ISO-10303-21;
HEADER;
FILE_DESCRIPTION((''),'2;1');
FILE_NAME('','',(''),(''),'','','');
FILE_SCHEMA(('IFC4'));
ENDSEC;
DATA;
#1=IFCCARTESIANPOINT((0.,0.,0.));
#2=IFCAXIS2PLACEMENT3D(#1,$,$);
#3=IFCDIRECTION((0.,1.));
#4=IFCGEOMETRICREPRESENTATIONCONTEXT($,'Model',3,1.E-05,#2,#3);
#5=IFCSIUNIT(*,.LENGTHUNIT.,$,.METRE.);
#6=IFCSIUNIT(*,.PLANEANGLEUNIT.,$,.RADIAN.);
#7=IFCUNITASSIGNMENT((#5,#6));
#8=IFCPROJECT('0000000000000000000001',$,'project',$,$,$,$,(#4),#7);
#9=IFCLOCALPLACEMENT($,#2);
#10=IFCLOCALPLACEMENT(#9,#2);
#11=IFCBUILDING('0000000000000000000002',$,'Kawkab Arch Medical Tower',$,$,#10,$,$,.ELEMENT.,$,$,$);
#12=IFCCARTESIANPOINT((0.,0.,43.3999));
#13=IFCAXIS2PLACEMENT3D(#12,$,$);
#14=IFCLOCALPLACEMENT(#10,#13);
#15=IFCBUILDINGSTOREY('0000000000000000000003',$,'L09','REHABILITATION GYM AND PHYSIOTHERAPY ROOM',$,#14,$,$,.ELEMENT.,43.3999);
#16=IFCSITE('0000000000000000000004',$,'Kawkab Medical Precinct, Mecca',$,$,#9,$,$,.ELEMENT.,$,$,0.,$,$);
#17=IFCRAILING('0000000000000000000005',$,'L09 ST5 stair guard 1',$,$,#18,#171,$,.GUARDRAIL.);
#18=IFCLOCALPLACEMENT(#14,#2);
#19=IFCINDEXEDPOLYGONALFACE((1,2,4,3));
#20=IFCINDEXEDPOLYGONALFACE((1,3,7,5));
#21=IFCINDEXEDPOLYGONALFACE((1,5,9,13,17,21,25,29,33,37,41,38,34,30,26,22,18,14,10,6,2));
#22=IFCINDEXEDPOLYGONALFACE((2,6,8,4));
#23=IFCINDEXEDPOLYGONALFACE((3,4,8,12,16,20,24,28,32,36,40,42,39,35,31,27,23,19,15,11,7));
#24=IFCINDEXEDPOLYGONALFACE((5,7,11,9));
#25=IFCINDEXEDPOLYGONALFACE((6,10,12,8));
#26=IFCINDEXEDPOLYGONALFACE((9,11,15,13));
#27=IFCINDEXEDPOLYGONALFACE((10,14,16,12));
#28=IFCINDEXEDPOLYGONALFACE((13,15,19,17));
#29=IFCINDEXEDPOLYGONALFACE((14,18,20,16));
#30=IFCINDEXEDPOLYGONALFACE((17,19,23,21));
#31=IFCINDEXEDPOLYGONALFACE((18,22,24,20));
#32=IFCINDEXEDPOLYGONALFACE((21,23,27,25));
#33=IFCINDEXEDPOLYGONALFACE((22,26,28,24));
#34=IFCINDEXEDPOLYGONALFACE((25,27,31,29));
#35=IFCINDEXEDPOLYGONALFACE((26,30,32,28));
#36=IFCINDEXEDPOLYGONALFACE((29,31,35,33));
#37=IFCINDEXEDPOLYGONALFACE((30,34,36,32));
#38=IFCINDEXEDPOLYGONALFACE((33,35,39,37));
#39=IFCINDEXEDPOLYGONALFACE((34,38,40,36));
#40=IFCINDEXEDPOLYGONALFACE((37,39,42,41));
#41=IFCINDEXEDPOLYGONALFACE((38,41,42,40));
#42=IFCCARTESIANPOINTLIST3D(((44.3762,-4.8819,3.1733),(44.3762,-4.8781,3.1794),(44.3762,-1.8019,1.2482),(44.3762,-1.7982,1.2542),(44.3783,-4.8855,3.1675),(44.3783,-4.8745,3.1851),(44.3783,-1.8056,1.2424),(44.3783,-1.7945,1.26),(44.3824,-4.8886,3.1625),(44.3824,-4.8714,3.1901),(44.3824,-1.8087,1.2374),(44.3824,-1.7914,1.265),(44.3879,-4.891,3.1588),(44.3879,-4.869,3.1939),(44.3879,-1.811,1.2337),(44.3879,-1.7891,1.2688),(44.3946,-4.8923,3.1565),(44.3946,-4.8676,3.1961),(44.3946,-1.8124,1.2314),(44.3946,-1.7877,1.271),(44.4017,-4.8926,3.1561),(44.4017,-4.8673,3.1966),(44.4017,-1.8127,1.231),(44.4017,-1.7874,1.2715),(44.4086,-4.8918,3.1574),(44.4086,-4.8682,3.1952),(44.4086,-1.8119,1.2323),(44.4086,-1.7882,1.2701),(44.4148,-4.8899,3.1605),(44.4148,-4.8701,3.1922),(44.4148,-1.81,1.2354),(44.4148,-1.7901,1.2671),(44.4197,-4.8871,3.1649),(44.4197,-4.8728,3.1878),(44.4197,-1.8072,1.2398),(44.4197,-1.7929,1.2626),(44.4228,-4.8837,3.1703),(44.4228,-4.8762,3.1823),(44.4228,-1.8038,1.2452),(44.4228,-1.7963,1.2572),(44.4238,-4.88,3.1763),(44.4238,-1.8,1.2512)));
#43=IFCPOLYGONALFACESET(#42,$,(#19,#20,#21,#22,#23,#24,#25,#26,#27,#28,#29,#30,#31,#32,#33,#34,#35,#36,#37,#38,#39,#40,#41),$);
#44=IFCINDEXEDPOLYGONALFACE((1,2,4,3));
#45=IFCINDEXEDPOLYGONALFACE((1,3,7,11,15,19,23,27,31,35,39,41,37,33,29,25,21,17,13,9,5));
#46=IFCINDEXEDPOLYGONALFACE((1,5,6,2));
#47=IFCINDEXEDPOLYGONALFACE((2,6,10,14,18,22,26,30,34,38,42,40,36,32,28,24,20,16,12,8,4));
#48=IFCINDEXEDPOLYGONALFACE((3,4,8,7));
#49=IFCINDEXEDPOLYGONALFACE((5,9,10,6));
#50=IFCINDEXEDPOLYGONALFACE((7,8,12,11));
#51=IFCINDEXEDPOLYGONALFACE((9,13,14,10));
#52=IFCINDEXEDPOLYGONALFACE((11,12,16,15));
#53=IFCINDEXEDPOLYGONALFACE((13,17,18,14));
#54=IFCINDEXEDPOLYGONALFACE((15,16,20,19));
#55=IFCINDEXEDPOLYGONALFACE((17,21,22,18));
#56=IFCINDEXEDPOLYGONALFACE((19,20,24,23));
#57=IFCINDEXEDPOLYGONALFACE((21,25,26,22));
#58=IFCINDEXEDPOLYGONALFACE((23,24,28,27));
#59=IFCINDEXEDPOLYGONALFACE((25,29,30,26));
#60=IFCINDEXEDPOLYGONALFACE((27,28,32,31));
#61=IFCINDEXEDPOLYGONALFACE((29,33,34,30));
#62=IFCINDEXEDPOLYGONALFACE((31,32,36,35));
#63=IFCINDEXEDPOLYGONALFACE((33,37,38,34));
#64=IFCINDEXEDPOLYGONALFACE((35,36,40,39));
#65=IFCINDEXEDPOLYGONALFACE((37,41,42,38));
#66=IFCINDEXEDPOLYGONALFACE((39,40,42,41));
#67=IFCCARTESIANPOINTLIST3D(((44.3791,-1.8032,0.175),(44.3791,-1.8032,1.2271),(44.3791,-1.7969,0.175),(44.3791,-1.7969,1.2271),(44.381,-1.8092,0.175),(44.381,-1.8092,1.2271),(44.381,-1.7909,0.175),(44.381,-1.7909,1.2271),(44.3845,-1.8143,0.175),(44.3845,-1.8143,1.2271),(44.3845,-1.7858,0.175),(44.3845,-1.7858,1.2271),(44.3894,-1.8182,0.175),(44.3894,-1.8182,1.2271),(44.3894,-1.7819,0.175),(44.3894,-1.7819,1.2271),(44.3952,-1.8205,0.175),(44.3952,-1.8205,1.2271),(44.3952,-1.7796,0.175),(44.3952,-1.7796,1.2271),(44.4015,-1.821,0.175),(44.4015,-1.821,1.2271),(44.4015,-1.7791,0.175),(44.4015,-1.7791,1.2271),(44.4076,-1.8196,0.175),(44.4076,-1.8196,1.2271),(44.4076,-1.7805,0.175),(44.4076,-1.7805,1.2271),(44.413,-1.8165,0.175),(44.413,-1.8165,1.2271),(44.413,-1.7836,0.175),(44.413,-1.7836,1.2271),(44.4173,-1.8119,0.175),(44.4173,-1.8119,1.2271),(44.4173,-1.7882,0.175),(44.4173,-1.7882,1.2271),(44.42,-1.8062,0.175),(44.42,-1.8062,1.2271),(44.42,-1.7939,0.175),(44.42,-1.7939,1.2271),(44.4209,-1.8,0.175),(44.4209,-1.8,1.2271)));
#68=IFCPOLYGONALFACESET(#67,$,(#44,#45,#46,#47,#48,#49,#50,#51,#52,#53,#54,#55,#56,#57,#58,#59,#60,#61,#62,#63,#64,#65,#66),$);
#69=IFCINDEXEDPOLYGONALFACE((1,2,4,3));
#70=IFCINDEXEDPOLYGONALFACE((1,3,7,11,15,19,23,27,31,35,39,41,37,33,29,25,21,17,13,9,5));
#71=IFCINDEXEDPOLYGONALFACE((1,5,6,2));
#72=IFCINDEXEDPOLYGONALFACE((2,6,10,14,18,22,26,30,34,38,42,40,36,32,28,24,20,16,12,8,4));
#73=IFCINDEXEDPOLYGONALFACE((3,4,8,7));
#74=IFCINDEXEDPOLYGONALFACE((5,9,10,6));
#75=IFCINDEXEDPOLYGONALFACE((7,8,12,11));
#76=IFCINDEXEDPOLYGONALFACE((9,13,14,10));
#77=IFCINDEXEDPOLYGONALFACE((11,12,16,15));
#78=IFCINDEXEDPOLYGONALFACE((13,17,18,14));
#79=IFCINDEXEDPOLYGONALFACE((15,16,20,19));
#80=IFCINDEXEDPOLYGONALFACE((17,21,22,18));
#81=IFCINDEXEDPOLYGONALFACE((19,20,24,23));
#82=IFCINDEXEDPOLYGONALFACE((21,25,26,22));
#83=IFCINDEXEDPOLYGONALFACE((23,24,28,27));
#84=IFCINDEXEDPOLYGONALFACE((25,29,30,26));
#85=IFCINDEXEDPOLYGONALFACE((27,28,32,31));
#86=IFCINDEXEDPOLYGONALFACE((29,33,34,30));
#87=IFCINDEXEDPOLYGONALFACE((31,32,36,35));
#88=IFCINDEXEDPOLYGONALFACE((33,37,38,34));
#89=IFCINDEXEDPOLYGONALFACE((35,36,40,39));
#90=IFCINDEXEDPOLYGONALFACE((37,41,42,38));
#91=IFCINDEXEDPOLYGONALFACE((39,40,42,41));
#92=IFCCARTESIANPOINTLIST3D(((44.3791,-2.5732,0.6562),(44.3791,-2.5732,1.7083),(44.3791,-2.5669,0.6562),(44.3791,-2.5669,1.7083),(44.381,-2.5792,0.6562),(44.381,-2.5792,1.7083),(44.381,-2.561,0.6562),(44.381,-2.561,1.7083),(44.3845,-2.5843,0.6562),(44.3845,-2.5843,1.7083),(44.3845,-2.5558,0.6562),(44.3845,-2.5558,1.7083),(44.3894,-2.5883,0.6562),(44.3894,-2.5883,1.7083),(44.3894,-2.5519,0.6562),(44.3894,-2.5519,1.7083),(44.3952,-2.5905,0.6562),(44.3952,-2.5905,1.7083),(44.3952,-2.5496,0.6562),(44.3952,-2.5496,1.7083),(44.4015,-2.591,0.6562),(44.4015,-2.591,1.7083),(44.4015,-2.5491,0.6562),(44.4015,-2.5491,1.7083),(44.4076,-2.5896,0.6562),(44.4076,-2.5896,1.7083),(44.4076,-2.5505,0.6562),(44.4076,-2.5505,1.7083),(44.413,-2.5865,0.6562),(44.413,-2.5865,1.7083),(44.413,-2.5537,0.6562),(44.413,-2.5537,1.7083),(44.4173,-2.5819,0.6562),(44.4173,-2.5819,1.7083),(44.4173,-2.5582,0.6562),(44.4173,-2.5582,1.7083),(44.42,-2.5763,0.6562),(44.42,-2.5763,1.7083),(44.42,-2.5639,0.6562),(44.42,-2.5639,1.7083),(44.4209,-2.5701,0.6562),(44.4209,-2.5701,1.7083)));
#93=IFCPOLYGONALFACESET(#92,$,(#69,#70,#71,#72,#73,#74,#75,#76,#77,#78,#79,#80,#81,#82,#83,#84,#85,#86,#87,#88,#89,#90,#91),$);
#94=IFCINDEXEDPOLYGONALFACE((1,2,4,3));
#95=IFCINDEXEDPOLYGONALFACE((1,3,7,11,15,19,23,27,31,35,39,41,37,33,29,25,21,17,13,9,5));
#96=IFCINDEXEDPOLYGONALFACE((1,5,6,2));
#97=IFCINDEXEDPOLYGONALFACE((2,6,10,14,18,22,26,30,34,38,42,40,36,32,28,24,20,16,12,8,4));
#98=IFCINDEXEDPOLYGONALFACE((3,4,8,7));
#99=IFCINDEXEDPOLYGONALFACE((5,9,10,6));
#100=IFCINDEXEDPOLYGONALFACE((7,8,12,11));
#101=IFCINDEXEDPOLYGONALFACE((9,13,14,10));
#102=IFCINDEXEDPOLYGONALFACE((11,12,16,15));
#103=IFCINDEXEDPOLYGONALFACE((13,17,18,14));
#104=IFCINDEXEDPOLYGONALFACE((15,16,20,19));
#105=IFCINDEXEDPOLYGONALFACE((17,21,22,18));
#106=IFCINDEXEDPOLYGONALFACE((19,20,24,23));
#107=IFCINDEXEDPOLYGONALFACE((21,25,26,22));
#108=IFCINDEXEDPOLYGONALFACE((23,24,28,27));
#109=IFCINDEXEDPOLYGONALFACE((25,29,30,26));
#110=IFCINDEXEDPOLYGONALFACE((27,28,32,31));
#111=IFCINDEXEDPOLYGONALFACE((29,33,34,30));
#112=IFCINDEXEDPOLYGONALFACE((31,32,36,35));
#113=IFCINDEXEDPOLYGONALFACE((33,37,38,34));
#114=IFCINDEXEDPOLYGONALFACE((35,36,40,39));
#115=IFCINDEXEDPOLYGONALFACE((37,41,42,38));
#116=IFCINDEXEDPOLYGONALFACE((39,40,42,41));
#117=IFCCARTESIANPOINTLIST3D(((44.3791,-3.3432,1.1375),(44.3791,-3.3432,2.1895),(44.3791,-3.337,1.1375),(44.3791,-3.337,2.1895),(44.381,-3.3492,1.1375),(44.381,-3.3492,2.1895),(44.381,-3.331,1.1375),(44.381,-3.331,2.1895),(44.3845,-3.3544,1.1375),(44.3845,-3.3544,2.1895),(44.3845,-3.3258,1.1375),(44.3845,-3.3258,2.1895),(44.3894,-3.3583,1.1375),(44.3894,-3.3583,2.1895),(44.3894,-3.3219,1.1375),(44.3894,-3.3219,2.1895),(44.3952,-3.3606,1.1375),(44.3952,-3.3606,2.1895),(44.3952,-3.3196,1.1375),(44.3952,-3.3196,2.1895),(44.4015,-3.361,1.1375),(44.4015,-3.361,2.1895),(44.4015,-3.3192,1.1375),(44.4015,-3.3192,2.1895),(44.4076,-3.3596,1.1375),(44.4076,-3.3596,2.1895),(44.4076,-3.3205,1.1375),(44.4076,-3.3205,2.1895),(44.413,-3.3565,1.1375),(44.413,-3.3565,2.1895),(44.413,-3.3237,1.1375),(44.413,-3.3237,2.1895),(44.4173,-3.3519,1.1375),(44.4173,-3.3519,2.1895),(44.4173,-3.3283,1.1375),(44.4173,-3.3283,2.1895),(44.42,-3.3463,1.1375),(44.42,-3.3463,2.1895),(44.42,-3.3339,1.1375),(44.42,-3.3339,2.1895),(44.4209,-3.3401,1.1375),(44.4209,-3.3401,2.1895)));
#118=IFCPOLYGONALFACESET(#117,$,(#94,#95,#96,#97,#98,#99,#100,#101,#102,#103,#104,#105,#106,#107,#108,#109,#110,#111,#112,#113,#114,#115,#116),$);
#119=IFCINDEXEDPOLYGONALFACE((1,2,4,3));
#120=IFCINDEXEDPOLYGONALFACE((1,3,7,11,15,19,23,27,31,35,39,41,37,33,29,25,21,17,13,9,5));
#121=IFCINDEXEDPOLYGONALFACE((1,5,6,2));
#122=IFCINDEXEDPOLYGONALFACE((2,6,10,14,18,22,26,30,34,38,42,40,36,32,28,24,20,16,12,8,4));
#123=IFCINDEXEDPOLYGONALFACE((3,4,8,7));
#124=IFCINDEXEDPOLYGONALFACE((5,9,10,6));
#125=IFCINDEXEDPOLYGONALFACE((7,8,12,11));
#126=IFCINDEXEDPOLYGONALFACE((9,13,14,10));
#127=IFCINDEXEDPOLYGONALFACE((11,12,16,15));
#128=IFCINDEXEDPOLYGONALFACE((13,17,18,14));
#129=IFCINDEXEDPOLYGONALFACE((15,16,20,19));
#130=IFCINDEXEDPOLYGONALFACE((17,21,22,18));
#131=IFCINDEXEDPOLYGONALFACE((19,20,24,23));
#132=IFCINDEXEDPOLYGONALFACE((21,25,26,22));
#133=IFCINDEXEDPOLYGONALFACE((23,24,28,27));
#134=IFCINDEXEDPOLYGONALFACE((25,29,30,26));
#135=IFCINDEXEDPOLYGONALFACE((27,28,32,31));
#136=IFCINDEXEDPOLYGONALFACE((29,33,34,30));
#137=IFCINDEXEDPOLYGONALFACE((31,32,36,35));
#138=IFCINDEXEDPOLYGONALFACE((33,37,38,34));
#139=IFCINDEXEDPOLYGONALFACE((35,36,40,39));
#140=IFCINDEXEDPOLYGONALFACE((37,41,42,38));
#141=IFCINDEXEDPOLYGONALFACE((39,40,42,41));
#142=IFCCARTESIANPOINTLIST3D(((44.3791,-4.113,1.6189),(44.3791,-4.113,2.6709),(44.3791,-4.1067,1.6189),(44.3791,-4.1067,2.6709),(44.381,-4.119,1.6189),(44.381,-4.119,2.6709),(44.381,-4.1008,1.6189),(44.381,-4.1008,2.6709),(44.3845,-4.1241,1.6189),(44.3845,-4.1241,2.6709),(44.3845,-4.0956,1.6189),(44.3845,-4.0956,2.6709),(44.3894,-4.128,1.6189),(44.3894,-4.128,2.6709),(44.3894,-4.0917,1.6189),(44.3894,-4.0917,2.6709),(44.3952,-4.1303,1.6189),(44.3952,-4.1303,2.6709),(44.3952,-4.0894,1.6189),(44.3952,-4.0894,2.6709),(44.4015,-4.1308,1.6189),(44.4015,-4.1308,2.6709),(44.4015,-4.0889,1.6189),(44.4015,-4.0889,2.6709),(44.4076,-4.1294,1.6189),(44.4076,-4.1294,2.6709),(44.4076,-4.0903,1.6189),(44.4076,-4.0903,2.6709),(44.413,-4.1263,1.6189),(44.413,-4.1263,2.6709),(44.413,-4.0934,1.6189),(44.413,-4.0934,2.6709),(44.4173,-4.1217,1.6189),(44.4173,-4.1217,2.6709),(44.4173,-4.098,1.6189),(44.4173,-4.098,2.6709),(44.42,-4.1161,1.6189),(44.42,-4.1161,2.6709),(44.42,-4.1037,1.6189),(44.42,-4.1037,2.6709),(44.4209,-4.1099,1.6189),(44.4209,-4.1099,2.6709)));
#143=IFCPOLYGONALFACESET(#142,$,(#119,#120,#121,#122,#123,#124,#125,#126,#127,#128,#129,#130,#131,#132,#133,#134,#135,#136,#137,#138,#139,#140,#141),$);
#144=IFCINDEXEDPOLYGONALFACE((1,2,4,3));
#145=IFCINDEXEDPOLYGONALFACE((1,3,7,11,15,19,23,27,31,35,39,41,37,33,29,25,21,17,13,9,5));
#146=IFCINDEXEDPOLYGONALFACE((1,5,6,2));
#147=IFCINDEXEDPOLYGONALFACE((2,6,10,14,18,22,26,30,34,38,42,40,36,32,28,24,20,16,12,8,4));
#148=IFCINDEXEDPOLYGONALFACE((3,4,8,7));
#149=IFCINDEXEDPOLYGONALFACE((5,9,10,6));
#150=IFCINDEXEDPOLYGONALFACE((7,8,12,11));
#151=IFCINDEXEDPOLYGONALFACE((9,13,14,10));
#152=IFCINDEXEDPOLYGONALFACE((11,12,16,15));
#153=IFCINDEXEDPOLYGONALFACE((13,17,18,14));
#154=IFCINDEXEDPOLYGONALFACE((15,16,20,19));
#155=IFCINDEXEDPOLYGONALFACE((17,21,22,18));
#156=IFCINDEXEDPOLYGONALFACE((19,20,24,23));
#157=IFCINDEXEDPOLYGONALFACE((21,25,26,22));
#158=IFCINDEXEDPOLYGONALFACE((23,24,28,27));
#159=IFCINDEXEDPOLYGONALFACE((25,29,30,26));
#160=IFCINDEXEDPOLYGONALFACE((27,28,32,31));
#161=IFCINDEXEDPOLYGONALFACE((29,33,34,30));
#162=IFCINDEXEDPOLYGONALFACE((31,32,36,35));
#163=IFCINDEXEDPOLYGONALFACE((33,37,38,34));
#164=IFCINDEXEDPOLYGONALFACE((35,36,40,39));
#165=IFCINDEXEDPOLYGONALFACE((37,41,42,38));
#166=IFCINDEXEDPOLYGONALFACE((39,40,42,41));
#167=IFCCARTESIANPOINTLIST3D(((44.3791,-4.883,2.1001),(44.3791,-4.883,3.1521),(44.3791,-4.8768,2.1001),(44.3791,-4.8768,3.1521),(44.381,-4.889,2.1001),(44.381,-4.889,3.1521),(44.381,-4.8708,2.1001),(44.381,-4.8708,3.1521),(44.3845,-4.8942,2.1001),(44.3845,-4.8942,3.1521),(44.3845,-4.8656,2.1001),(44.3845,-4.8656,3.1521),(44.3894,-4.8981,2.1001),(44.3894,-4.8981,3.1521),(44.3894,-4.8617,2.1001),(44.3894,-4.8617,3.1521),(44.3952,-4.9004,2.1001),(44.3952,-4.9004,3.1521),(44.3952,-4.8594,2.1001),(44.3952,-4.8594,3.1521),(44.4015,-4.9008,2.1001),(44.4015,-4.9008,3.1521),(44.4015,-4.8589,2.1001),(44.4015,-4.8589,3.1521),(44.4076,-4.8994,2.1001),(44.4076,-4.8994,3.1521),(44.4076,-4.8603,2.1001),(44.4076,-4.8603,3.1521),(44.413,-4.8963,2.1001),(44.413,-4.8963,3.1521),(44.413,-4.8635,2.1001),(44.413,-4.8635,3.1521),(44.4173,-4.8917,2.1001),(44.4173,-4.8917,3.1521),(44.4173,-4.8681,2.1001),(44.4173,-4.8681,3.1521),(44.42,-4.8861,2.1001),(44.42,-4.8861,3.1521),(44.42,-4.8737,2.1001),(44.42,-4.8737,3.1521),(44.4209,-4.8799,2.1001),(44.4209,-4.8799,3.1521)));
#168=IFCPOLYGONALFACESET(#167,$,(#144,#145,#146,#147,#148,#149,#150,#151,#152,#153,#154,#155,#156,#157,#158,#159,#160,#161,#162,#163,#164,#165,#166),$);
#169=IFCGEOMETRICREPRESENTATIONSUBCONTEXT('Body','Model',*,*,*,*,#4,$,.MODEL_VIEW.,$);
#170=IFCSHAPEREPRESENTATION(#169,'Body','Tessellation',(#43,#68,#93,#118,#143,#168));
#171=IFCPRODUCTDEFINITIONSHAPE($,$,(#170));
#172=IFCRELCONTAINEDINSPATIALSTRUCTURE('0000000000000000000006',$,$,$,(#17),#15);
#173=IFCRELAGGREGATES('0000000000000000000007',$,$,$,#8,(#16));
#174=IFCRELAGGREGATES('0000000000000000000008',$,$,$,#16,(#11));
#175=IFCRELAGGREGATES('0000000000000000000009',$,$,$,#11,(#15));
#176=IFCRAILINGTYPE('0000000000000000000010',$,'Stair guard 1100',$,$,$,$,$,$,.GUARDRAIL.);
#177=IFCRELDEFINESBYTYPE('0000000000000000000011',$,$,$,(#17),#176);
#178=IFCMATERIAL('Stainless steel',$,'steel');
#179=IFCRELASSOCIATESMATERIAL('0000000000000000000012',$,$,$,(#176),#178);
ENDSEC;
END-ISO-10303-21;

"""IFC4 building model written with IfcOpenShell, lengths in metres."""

from ifc_helpers import new_model, si_unit, direction, frame, origin, origin_2d, place, context, subcontext, project, spatial, circle, extrude, material, type_object, element, save


model = new_model("IFC4")

# Units and contexts
model_context = context("Model", 3, precision=1e-05, world=origin(), true_north=direction((0.0, 1.0)))
body_context = subcontext(model_context, "Body", "Model", "MODEL_VIEW")
ifc_project = project(units=[si_unit("LENGTHUNIT", "METRE"), si_unit("PLANEANGLEUNIT", "RADIAN")], contexts=[model_context])

# Site, building, storey
site_placement = place(None, origin())
site = spatial("IfcSite", under=ifc_project, at=site_placement, Name="Kawkab Medical Precinct, Mecca", CompositionType="ELEMENT", RefElevation=0.0)
building_placement = place(site_placement, origin())
building = spatial("IfcBuilding", under=site, at=building_placement, Name="Kawkab Arch Medical Tower", CompositionType="ELEMENT")
storey_placement = place(building_placement, frame((0.0, 0.0, 43.3999)))
storey = spatial("IfcBuildingStorey", under=building, at=storey_placement, Name="L09", Description="REHABILITATION GYM AND PHYSIOTHERAPY ROOM", CompositionType="ELEMENT", Elevation=43.3999)

# Railing
ifc_material_1 = material(Name="Stainless steel", Category="steel")
railing_type = type_object("IfcRailingType", Name="Stair guard 1100", PredefinedType="GUARDRAIL", material=ifc_material_1)
railing_1_placement = place(storey_placement, frame((44.3999, -1.8, 0.175)))
element("IfcRailing", 1, at=railing_1_placement, inside=storey, type_object=railing_type, Name="L09 ST5 stair guard 1", PredefinedType="GUARDRAIL", context=body_context, shape_type="SweptSolid", body=[
    extrude(circle(Radius=0.0239, at=origin_2d()), frame((0.0, 0.0, 1.0762), z_axis=(0.0, -0.847979, 0.530029), x_axis=(1.0, 0.0, 0.0)), (0.0, 0.0, 1.0), 3.6321),
    extrude(circle(Radius=0.021, at=origin_2d()), origin(), (0.0, 0.0, 1.0), 1.052),
    extrude(circle(Radius=0.021, at=origin_2d()), frame((0.0, -0.77, 0.4812)), (0.0, 0.0, 1.0), 1.052),
    extrude(circle(Radius=0.021, at=origin_2d()), frame((0.0, -1.54, 0.9624)), (0.0, 0.0, 1.0), 1.052),
    extrude(circle(Radius=0.021, at=origin_2d()), frame((0.0, -2.3098, 1.4438)), (0.0, 0.0, 1.0), 1.052),
    extrude(circle(Radius=0.021, at=origin_2d()), frame((0.0, -3.0798, 1.925)), (0.0, 0.0, 1.0), 1.052),
])

save(model, "model.ifc")
